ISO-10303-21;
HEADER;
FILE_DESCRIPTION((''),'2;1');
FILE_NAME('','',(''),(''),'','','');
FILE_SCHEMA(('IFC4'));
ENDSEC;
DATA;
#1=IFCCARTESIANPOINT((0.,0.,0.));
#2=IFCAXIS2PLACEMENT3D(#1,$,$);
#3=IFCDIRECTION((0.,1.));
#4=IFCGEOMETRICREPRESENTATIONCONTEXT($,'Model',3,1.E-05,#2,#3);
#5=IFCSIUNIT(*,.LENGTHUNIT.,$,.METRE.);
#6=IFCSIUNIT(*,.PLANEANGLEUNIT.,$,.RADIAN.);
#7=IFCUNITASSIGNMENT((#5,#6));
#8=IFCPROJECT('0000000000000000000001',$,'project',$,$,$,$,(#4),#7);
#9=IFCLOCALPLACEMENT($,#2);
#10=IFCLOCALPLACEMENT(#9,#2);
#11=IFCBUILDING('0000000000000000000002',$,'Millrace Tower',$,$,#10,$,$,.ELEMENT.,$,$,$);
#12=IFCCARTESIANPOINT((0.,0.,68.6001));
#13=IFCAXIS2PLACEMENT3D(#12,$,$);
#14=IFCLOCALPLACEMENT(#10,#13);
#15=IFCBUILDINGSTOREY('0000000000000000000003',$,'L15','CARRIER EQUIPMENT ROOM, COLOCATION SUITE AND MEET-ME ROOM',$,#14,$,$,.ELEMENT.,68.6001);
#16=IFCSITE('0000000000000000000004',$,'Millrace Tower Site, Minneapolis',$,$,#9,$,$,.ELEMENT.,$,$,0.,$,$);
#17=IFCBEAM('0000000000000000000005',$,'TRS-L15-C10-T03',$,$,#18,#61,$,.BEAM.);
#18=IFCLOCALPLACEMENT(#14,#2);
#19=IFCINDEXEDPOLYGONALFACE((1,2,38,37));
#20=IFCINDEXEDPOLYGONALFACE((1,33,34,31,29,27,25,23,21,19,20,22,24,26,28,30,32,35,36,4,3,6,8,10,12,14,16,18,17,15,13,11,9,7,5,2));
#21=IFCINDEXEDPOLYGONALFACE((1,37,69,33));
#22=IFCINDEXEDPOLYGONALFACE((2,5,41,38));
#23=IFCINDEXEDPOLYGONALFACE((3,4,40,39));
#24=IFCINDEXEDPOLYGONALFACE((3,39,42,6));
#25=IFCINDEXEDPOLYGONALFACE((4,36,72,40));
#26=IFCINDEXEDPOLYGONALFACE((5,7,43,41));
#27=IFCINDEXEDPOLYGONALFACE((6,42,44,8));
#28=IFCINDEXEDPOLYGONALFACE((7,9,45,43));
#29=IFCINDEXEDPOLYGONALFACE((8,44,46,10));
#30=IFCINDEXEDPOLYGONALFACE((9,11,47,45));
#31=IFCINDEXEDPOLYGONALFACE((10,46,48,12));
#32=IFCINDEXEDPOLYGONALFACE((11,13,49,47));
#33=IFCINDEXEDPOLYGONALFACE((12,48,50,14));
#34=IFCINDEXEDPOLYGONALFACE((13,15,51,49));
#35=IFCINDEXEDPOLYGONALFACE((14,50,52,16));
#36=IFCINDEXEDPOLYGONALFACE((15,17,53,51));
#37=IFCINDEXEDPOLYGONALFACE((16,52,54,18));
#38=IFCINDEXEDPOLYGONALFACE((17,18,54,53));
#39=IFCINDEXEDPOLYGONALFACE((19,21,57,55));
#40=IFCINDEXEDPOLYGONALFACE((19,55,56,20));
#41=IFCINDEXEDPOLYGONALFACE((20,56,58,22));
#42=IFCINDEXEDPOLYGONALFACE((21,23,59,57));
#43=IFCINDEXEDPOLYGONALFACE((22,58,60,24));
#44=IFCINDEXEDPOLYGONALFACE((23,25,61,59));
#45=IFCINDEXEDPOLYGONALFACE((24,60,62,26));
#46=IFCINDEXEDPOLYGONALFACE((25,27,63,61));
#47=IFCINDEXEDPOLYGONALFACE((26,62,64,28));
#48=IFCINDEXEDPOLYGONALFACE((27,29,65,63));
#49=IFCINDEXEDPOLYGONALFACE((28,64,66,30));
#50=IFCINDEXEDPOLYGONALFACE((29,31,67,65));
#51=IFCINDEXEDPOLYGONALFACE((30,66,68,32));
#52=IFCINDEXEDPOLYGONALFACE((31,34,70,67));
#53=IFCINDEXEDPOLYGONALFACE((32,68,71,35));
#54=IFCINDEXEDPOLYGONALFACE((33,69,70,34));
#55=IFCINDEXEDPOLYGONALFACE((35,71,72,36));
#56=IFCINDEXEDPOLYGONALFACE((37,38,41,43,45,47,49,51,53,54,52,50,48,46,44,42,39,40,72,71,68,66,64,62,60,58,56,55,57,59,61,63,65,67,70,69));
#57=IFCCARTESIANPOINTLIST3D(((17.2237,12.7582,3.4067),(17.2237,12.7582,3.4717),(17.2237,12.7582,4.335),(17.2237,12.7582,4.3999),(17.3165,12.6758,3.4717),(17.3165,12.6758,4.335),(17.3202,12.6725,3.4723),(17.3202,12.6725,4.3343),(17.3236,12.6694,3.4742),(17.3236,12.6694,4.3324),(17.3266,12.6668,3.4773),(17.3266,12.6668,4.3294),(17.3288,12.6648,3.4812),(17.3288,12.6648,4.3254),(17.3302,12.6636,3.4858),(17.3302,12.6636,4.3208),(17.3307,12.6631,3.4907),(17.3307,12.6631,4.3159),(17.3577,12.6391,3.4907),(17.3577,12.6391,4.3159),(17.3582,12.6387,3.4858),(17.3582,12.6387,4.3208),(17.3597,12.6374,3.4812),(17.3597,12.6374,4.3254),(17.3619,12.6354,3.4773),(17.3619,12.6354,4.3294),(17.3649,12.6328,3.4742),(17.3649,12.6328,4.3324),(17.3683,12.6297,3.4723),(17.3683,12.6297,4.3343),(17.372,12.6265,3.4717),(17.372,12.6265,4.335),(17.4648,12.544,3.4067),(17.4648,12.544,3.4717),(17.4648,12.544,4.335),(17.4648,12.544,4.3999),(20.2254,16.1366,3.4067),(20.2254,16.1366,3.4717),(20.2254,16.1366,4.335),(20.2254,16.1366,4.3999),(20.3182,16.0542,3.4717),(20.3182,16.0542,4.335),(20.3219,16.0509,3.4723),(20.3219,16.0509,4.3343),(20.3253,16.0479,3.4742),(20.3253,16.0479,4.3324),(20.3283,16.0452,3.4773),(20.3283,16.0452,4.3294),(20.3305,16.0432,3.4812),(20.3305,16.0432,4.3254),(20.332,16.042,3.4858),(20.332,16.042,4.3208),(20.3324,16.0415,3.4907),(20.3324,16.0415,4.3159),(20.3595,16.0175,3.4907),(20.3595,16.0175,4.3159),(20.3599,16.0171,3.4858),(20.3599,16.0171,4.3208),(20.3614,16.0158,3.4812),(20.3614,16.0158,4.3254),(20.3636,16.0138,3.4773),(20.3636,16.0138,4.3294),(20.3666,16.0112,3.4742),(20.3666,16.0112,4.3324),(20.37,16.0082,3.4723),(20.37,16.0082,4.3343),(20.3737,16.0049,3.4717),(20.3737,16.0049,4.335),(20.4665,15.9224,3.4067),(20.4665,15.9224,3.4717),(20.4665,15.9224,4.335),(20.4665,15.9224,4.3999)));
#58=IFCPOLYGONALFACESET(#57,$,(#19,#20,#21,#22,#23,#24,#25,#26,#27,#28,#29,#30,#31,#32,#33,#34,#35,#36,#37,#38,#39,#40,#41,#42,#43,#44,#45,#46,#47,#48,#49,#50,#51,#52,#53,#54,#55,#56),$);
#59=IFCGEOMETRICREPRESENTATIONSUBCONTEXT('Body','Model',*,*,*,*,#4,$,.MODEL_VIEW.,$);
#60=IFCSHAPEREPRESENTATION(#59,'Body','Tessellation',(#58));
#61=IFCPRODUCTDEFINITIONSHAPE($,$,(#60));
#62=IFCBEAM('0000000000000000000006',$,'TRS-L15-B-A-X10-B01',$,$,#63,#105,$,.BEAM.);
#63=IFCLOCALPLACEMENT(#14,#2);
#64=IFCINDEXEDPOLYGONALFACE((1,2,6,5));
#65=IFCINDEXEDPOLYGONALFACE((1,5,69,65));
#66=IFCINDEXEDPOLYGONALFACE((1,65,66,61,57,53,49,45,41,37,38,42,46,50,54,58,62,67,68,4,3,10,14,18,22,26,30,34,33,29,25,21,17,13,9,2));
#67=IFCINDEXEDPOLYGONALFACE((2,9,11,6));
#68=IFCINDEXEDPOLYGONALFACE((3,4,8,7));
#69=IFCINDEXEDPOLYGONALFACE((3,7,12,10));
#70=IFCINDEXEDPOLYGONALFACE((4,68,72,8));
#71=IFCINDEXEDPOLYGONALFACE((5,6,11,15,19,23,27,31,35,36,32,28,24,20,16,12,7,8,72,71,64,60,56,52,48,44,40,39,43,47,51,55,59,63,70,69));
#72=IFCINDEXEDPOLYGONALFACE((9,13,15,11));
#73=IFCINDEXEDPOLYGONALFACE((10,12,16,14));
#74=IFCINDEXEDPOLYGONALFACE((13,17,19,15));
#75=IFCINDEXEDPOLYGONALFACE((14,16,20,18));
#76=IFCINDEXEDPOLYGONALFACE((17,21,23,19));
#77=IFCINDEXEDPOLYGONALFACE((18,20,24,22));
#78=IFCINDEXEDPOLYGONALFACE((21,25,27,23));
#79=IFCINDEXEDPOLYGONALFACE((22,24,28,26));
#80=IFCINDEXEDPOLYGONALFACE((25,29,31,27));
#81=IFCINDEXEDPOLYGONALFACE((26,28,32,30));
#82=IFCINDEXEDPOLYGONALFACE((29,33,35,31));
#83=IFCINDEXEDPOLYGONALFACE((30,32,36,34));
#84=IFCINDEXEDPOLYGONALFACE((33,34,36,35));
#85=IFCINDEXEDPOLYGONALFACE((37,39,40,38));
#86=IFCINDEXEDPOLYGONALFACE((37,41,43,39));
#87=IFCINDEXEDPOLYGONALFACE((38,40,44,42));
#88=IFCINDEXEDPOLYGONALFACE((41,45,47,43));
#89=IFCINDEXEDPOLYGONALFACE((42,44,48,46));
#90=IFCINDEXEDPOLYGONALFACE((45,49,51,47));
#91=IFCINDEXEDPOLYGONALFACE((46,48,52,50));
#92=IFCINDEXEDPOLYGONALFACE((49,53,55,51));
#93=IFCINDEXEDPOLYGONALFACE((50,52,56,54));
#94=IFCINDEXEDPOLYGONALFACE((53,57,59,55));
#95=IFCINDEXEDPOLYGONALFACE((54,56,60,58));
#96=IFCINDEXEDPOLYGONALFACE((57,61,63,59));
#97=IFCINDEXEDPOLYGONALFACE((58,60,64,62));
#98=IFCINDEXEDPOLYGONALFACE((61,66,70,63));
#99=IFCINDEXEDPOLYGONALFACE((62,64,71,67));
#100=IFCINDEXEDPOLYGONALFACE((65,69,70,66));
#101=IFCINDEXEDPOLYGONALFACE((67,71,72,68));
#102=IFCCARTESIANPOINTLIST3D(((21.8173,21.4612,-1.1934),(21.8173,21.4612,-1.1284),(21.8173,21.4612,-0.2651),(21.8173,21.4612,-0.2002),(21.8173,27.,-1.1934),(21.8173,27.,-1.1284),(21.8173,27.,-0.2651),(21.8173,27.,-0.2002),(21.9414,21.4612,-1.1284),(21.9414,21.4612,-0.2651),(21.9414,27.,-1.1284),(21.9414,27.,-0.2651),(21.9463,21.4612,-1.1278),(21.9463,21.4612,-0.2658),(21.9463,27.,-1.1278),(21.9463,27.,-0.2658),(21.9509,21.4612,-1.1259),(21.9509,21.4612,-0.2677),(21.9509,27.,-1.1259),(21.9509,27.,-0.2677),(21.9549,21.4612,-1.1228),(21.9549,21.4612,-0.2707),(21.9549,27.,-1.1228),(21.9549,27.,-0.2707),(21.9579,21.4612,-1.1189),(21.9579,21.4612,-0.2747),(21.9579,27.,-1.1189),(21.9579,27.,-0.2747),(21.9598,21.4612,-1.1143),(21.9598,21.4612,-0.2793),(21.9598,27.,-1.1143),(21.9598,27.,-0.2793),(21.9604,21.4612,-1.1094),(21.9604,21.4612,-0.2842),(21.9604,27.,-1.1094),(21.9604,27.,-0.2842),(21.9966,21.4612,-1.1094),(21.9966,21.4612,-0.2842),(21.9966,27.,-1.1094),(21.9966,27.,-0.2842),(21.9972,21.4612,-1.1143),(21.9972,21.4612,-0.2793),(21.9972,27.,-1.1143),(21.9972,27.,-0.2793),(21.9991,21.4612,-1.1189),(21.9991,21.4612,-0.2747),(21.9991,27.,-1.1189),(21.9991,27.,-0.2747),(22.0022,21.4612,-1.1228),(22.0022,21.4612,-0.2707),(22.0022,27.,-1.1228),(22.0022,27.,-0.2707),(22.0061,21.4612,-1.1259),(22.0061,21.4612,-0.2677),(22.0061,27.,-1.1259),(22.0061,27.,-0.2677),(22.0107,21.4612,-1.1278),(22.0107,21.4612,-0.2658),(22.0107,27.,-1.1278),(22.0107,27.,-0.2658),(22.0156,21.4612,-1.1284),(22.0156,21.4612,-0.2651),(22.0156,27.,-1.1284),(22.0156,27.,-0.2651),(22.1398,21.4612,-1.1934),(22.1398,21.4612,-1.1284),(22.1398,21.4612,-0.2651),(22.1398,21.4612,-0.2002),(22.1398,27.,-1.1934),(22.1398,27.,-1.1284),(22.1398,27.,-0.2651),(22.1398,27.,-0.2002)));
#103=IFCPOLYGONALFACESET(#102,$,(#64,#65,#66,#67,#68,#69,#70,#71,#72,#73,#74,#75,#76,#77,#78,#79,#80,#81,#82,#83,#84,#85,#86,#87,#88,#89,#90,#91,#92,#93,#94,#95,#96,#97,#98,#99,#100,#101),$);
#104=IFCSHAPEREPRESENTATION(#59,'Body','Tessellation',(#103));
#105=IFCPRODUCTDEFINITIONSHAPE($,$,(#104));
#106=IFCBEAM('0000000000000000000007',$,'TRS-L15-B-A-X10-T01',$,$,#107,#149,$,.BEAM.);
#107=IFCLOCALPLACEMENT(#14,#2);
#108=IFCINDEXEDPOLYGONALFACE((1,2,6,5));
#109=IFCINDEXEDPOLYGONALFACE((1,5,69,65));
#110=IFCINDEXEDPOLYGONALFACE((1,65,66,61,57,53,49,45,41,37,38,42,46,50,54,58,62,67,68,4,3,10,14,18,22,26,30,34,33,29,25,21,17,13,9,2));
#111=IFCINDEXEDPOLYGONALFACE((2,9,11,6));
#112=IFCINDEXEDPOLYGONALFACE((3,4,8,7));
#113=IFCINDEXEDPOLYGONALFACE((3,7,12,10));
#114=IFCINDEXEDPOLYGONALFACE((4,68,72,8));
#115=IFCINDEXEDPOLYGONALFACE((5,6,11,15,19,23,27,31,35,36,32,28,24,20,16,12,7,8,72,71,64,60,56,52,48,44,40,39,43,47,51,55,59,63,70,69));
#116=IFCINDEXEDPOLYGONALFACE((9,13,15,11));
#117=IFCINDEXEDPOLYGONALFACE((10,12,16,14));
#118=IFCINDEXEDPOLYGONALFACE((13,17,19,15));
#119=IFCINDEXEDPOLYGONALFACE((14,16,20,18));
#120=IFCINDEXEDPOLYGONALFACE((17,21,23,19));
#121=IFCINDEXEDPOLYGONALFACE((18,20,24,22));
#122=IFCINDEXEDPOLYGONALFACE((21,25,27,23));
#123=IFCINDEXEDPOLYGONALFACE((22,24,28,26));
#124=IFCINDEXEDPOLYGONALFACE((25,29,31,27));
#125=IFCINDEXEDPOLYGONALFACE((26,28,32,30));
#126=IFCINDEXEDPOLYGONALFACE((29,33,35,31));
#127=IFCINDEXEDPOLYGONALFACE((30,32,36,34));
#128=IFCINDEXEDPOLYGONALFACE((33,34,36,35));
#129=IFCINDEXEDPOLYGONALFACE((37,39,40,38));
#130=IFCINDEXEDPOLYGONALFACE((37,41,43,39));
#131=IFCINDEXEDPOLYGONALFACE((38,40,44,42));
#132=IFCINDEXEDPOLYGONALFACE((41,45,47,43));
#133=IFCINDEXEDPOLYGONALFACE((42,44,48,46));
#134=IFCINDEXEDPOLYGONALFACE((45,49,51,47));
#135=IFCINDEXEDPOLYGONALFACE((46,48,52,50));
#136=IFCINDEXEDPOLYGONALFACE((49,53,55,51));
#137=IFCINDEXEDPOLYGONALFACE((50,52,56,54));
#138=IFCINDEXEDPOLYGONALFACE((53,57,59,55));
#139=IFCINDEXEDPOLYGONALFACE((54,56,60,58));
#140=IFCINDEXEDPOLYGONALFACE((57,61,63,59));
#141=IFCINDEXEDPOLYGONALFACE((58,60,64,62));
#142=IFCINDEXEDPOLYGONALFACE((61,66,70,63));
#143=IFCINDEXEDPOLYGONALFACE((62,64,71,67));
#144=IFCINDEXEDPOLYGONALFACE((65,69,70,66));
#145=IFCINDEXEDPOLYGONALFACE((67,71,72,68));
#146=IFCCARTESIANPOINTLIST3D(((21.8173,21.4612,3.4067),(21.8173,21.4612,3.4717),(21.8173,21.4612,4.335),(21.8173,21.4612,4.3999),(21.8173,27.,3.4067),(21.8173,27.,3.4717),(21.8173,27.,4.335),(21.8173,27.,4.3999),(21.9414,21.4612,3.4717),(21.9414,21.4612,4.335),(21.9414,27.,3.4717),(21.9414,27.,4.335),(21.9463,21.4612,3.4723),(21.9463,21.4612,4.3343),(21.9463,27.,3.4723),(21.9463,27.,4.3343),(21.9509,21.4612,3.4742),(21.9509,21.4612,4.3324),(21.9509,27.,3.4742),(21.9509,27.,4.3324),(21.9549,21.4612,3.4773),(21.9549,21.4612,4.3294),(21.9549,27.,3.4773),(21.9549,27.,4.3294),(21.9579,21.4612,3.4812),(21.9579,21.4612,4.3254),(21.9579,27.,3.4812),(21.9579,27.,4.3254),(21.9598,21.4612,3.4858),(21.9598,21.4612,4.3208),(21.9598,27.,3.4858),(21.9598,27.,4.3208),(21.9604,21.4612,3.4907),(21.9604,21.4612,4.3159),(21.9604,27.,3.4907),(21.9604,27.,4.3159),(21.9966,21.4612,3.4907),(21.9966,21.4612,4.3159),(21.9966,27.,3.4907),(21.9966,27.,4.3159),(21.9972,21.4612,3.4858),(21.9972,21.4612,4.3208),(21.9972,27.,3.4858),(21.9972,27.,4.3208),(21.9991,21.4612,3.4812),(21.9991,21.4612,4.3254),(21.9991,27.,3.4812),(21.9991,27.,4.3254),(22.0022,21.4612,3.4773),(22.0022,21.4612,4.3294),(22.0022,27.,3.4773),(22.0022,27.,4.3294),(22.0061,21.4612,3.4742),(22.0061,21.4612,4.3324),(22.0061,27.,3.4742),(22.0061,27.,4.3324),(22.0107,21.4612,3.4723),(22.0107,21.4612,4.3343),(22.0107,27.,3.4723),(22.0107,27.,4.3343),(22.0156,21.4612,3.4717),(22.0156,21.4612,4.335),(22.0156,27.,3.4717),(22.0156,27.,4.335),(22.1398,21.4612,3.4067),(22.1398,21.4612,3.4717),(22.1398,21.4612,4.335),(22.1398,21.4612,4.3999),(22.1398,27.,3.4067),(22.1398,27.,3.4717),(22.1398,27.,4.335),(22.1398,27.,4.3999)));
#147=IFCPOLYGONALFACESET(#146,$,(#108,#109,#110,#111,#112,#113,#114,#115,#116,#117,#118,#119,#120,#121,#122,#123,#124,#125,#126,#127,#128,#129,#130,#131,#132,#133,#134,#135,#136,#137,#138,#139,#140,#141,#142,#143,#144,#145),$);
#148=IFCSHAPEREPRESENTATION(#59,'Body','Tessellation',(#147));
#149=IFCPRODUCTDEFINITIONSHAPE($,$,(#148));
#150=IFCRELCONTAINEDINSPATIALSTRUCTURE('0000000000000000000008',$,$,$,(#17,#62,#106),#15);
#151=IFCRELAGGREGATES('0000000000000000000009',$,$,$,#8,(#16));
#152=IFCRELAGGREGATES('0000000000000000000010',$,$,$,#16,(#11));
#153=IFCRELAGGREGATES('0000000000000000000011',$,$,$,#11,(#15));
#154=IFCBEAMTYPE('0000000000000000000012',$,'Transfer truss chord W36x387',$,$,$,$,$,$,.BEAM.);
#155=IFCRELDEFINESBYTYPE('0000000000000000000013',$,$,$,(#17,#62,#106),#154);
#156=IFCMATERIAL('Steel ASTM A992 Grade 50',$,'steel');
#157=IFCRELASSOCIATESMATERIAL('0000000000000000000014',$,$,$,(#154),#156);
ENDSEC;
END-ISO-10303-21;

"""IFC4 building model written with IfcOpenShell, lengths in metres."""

from ifc_helpers import new_model, si_unit, direction, frame, origin, origin_2d, place, context, subcontext, project, spatial, i_section, extrude, material, material_profile, profile_set, type_object, element, save


model = new_model("IFC4")

# Units and contexts
model_context = context("Model", 3, precision=1e-05, world=origin(), true_north=direction((0.0, 1.0)))
body_context = subcontext(model_context, "Body", "Model", "MODEL_VIEW")
ifc_project = project(units=[si_unit("LENGTHUNIT", "METRE"), si_unit("PLANEANGLEUNIT", "RADIAN")], contexts=[model_context])

# Site, building, storey
site_placement = place(None, origin())
site = spatial("IfcSite", under=ifc_project, at=site_placement, Name="Millrace Tower Site, Minneapolis", CompositionType="ELEMENT", RefElevation=0.0)
building_placement = place(site_placement, origin())
building = spatial("IfcBuilding", under=site, at=building_placement, Name="Millrace Tower", CompositionType="ELEMENT")
storey_placement = place(building_placement, frame((0.0, 0.0, 68.6001)))
storey = spatial("IfcBuildingStorey", under=building, at=storey_placement, Name="L15", Description="CARRIER EQUIPMENT ROOM, COLOCATION SUITE AND MEET-ME ROOM", CompositionType="ELEMENT", Elevation=68.6001)

# Beams
ifc_material_1 = material(Name="Steel ASTM A992 Grade 50", Category="steel")
ifc_material_profile_1 = material_profile(ifc_material_1, i_section(OverallWidth=0.3225, OverallDepth=0.9932, WebThickness=0.0361, FlangeThickness=0.0649, FilletRadius=0.019, at=origin_2d()))
ifc_profile_set_1 = profile_set([ifc_material_profile_1], Name="Steel ASTM A992 Grade 50")
beam_type_1 = type_object("IfcBeamType", Name="Transfer truss chord W36x387", PredefinedType="BEAM", material=ifc_profile_set_1)
beam_1_placement = place(storey_placement, frame((20.3459, 16.0295, 3.9033), z_axis=(-0.6642, -0.747555, 0.0), x_axis=(0.747555, -0.6642, 0.0)))
element("IfcBeam", 1, at=beam_1_placement, inside=storey, type_object=beam_type_1, Name="TRS-L15-C10-T03", PredefinedType="BEAM", context=body_context, shape_type="SweptSolid", body=[
    extrude(i_section(OverallWidth=0.3225, OverallDepth=0.9932, WebThickness=0.0361, FlangeThickness=0.0649, FilletRadius=0.019, at=origin_2d()), origin(), (0.0, 0.0, 1.0), 4.5193),
])
for number, where, z_axis, x_axis, name in (
    (2, (21.9785, 27.0, -0.6968), (0.0, -1.0, 0.0), (1.0, 0.0, 0.0), "TRS-L15-B-A-X10-B01"),
    (3, (21.9785, 27.0, 3.9033), (0.0, -1.0, 0.0), (1.0, 0.0, 0.0), "TRS-L15-B-A-X10-T01"),
):
    element("IfcBeam", number, at=place(storey_placement, frame(where, z_axis=z_axis, x_axis=x_axis)), inside=storey, type_object=beam_type_1, Name=name, PredefinedType="BEAM", context=body_context, shape_type="SweptSolid", body=[
        extrude(i_section(OverallWidth=0.3225, OverallDepth=0.9932, WebThickness=0.0361, FlangeThickness=0.0649, FilletRadius=0.019, at=origin_2d()), origin(), (0.0, 0.0, 1.0), 5.5388),
    ])

save(model, "model.ifc")
